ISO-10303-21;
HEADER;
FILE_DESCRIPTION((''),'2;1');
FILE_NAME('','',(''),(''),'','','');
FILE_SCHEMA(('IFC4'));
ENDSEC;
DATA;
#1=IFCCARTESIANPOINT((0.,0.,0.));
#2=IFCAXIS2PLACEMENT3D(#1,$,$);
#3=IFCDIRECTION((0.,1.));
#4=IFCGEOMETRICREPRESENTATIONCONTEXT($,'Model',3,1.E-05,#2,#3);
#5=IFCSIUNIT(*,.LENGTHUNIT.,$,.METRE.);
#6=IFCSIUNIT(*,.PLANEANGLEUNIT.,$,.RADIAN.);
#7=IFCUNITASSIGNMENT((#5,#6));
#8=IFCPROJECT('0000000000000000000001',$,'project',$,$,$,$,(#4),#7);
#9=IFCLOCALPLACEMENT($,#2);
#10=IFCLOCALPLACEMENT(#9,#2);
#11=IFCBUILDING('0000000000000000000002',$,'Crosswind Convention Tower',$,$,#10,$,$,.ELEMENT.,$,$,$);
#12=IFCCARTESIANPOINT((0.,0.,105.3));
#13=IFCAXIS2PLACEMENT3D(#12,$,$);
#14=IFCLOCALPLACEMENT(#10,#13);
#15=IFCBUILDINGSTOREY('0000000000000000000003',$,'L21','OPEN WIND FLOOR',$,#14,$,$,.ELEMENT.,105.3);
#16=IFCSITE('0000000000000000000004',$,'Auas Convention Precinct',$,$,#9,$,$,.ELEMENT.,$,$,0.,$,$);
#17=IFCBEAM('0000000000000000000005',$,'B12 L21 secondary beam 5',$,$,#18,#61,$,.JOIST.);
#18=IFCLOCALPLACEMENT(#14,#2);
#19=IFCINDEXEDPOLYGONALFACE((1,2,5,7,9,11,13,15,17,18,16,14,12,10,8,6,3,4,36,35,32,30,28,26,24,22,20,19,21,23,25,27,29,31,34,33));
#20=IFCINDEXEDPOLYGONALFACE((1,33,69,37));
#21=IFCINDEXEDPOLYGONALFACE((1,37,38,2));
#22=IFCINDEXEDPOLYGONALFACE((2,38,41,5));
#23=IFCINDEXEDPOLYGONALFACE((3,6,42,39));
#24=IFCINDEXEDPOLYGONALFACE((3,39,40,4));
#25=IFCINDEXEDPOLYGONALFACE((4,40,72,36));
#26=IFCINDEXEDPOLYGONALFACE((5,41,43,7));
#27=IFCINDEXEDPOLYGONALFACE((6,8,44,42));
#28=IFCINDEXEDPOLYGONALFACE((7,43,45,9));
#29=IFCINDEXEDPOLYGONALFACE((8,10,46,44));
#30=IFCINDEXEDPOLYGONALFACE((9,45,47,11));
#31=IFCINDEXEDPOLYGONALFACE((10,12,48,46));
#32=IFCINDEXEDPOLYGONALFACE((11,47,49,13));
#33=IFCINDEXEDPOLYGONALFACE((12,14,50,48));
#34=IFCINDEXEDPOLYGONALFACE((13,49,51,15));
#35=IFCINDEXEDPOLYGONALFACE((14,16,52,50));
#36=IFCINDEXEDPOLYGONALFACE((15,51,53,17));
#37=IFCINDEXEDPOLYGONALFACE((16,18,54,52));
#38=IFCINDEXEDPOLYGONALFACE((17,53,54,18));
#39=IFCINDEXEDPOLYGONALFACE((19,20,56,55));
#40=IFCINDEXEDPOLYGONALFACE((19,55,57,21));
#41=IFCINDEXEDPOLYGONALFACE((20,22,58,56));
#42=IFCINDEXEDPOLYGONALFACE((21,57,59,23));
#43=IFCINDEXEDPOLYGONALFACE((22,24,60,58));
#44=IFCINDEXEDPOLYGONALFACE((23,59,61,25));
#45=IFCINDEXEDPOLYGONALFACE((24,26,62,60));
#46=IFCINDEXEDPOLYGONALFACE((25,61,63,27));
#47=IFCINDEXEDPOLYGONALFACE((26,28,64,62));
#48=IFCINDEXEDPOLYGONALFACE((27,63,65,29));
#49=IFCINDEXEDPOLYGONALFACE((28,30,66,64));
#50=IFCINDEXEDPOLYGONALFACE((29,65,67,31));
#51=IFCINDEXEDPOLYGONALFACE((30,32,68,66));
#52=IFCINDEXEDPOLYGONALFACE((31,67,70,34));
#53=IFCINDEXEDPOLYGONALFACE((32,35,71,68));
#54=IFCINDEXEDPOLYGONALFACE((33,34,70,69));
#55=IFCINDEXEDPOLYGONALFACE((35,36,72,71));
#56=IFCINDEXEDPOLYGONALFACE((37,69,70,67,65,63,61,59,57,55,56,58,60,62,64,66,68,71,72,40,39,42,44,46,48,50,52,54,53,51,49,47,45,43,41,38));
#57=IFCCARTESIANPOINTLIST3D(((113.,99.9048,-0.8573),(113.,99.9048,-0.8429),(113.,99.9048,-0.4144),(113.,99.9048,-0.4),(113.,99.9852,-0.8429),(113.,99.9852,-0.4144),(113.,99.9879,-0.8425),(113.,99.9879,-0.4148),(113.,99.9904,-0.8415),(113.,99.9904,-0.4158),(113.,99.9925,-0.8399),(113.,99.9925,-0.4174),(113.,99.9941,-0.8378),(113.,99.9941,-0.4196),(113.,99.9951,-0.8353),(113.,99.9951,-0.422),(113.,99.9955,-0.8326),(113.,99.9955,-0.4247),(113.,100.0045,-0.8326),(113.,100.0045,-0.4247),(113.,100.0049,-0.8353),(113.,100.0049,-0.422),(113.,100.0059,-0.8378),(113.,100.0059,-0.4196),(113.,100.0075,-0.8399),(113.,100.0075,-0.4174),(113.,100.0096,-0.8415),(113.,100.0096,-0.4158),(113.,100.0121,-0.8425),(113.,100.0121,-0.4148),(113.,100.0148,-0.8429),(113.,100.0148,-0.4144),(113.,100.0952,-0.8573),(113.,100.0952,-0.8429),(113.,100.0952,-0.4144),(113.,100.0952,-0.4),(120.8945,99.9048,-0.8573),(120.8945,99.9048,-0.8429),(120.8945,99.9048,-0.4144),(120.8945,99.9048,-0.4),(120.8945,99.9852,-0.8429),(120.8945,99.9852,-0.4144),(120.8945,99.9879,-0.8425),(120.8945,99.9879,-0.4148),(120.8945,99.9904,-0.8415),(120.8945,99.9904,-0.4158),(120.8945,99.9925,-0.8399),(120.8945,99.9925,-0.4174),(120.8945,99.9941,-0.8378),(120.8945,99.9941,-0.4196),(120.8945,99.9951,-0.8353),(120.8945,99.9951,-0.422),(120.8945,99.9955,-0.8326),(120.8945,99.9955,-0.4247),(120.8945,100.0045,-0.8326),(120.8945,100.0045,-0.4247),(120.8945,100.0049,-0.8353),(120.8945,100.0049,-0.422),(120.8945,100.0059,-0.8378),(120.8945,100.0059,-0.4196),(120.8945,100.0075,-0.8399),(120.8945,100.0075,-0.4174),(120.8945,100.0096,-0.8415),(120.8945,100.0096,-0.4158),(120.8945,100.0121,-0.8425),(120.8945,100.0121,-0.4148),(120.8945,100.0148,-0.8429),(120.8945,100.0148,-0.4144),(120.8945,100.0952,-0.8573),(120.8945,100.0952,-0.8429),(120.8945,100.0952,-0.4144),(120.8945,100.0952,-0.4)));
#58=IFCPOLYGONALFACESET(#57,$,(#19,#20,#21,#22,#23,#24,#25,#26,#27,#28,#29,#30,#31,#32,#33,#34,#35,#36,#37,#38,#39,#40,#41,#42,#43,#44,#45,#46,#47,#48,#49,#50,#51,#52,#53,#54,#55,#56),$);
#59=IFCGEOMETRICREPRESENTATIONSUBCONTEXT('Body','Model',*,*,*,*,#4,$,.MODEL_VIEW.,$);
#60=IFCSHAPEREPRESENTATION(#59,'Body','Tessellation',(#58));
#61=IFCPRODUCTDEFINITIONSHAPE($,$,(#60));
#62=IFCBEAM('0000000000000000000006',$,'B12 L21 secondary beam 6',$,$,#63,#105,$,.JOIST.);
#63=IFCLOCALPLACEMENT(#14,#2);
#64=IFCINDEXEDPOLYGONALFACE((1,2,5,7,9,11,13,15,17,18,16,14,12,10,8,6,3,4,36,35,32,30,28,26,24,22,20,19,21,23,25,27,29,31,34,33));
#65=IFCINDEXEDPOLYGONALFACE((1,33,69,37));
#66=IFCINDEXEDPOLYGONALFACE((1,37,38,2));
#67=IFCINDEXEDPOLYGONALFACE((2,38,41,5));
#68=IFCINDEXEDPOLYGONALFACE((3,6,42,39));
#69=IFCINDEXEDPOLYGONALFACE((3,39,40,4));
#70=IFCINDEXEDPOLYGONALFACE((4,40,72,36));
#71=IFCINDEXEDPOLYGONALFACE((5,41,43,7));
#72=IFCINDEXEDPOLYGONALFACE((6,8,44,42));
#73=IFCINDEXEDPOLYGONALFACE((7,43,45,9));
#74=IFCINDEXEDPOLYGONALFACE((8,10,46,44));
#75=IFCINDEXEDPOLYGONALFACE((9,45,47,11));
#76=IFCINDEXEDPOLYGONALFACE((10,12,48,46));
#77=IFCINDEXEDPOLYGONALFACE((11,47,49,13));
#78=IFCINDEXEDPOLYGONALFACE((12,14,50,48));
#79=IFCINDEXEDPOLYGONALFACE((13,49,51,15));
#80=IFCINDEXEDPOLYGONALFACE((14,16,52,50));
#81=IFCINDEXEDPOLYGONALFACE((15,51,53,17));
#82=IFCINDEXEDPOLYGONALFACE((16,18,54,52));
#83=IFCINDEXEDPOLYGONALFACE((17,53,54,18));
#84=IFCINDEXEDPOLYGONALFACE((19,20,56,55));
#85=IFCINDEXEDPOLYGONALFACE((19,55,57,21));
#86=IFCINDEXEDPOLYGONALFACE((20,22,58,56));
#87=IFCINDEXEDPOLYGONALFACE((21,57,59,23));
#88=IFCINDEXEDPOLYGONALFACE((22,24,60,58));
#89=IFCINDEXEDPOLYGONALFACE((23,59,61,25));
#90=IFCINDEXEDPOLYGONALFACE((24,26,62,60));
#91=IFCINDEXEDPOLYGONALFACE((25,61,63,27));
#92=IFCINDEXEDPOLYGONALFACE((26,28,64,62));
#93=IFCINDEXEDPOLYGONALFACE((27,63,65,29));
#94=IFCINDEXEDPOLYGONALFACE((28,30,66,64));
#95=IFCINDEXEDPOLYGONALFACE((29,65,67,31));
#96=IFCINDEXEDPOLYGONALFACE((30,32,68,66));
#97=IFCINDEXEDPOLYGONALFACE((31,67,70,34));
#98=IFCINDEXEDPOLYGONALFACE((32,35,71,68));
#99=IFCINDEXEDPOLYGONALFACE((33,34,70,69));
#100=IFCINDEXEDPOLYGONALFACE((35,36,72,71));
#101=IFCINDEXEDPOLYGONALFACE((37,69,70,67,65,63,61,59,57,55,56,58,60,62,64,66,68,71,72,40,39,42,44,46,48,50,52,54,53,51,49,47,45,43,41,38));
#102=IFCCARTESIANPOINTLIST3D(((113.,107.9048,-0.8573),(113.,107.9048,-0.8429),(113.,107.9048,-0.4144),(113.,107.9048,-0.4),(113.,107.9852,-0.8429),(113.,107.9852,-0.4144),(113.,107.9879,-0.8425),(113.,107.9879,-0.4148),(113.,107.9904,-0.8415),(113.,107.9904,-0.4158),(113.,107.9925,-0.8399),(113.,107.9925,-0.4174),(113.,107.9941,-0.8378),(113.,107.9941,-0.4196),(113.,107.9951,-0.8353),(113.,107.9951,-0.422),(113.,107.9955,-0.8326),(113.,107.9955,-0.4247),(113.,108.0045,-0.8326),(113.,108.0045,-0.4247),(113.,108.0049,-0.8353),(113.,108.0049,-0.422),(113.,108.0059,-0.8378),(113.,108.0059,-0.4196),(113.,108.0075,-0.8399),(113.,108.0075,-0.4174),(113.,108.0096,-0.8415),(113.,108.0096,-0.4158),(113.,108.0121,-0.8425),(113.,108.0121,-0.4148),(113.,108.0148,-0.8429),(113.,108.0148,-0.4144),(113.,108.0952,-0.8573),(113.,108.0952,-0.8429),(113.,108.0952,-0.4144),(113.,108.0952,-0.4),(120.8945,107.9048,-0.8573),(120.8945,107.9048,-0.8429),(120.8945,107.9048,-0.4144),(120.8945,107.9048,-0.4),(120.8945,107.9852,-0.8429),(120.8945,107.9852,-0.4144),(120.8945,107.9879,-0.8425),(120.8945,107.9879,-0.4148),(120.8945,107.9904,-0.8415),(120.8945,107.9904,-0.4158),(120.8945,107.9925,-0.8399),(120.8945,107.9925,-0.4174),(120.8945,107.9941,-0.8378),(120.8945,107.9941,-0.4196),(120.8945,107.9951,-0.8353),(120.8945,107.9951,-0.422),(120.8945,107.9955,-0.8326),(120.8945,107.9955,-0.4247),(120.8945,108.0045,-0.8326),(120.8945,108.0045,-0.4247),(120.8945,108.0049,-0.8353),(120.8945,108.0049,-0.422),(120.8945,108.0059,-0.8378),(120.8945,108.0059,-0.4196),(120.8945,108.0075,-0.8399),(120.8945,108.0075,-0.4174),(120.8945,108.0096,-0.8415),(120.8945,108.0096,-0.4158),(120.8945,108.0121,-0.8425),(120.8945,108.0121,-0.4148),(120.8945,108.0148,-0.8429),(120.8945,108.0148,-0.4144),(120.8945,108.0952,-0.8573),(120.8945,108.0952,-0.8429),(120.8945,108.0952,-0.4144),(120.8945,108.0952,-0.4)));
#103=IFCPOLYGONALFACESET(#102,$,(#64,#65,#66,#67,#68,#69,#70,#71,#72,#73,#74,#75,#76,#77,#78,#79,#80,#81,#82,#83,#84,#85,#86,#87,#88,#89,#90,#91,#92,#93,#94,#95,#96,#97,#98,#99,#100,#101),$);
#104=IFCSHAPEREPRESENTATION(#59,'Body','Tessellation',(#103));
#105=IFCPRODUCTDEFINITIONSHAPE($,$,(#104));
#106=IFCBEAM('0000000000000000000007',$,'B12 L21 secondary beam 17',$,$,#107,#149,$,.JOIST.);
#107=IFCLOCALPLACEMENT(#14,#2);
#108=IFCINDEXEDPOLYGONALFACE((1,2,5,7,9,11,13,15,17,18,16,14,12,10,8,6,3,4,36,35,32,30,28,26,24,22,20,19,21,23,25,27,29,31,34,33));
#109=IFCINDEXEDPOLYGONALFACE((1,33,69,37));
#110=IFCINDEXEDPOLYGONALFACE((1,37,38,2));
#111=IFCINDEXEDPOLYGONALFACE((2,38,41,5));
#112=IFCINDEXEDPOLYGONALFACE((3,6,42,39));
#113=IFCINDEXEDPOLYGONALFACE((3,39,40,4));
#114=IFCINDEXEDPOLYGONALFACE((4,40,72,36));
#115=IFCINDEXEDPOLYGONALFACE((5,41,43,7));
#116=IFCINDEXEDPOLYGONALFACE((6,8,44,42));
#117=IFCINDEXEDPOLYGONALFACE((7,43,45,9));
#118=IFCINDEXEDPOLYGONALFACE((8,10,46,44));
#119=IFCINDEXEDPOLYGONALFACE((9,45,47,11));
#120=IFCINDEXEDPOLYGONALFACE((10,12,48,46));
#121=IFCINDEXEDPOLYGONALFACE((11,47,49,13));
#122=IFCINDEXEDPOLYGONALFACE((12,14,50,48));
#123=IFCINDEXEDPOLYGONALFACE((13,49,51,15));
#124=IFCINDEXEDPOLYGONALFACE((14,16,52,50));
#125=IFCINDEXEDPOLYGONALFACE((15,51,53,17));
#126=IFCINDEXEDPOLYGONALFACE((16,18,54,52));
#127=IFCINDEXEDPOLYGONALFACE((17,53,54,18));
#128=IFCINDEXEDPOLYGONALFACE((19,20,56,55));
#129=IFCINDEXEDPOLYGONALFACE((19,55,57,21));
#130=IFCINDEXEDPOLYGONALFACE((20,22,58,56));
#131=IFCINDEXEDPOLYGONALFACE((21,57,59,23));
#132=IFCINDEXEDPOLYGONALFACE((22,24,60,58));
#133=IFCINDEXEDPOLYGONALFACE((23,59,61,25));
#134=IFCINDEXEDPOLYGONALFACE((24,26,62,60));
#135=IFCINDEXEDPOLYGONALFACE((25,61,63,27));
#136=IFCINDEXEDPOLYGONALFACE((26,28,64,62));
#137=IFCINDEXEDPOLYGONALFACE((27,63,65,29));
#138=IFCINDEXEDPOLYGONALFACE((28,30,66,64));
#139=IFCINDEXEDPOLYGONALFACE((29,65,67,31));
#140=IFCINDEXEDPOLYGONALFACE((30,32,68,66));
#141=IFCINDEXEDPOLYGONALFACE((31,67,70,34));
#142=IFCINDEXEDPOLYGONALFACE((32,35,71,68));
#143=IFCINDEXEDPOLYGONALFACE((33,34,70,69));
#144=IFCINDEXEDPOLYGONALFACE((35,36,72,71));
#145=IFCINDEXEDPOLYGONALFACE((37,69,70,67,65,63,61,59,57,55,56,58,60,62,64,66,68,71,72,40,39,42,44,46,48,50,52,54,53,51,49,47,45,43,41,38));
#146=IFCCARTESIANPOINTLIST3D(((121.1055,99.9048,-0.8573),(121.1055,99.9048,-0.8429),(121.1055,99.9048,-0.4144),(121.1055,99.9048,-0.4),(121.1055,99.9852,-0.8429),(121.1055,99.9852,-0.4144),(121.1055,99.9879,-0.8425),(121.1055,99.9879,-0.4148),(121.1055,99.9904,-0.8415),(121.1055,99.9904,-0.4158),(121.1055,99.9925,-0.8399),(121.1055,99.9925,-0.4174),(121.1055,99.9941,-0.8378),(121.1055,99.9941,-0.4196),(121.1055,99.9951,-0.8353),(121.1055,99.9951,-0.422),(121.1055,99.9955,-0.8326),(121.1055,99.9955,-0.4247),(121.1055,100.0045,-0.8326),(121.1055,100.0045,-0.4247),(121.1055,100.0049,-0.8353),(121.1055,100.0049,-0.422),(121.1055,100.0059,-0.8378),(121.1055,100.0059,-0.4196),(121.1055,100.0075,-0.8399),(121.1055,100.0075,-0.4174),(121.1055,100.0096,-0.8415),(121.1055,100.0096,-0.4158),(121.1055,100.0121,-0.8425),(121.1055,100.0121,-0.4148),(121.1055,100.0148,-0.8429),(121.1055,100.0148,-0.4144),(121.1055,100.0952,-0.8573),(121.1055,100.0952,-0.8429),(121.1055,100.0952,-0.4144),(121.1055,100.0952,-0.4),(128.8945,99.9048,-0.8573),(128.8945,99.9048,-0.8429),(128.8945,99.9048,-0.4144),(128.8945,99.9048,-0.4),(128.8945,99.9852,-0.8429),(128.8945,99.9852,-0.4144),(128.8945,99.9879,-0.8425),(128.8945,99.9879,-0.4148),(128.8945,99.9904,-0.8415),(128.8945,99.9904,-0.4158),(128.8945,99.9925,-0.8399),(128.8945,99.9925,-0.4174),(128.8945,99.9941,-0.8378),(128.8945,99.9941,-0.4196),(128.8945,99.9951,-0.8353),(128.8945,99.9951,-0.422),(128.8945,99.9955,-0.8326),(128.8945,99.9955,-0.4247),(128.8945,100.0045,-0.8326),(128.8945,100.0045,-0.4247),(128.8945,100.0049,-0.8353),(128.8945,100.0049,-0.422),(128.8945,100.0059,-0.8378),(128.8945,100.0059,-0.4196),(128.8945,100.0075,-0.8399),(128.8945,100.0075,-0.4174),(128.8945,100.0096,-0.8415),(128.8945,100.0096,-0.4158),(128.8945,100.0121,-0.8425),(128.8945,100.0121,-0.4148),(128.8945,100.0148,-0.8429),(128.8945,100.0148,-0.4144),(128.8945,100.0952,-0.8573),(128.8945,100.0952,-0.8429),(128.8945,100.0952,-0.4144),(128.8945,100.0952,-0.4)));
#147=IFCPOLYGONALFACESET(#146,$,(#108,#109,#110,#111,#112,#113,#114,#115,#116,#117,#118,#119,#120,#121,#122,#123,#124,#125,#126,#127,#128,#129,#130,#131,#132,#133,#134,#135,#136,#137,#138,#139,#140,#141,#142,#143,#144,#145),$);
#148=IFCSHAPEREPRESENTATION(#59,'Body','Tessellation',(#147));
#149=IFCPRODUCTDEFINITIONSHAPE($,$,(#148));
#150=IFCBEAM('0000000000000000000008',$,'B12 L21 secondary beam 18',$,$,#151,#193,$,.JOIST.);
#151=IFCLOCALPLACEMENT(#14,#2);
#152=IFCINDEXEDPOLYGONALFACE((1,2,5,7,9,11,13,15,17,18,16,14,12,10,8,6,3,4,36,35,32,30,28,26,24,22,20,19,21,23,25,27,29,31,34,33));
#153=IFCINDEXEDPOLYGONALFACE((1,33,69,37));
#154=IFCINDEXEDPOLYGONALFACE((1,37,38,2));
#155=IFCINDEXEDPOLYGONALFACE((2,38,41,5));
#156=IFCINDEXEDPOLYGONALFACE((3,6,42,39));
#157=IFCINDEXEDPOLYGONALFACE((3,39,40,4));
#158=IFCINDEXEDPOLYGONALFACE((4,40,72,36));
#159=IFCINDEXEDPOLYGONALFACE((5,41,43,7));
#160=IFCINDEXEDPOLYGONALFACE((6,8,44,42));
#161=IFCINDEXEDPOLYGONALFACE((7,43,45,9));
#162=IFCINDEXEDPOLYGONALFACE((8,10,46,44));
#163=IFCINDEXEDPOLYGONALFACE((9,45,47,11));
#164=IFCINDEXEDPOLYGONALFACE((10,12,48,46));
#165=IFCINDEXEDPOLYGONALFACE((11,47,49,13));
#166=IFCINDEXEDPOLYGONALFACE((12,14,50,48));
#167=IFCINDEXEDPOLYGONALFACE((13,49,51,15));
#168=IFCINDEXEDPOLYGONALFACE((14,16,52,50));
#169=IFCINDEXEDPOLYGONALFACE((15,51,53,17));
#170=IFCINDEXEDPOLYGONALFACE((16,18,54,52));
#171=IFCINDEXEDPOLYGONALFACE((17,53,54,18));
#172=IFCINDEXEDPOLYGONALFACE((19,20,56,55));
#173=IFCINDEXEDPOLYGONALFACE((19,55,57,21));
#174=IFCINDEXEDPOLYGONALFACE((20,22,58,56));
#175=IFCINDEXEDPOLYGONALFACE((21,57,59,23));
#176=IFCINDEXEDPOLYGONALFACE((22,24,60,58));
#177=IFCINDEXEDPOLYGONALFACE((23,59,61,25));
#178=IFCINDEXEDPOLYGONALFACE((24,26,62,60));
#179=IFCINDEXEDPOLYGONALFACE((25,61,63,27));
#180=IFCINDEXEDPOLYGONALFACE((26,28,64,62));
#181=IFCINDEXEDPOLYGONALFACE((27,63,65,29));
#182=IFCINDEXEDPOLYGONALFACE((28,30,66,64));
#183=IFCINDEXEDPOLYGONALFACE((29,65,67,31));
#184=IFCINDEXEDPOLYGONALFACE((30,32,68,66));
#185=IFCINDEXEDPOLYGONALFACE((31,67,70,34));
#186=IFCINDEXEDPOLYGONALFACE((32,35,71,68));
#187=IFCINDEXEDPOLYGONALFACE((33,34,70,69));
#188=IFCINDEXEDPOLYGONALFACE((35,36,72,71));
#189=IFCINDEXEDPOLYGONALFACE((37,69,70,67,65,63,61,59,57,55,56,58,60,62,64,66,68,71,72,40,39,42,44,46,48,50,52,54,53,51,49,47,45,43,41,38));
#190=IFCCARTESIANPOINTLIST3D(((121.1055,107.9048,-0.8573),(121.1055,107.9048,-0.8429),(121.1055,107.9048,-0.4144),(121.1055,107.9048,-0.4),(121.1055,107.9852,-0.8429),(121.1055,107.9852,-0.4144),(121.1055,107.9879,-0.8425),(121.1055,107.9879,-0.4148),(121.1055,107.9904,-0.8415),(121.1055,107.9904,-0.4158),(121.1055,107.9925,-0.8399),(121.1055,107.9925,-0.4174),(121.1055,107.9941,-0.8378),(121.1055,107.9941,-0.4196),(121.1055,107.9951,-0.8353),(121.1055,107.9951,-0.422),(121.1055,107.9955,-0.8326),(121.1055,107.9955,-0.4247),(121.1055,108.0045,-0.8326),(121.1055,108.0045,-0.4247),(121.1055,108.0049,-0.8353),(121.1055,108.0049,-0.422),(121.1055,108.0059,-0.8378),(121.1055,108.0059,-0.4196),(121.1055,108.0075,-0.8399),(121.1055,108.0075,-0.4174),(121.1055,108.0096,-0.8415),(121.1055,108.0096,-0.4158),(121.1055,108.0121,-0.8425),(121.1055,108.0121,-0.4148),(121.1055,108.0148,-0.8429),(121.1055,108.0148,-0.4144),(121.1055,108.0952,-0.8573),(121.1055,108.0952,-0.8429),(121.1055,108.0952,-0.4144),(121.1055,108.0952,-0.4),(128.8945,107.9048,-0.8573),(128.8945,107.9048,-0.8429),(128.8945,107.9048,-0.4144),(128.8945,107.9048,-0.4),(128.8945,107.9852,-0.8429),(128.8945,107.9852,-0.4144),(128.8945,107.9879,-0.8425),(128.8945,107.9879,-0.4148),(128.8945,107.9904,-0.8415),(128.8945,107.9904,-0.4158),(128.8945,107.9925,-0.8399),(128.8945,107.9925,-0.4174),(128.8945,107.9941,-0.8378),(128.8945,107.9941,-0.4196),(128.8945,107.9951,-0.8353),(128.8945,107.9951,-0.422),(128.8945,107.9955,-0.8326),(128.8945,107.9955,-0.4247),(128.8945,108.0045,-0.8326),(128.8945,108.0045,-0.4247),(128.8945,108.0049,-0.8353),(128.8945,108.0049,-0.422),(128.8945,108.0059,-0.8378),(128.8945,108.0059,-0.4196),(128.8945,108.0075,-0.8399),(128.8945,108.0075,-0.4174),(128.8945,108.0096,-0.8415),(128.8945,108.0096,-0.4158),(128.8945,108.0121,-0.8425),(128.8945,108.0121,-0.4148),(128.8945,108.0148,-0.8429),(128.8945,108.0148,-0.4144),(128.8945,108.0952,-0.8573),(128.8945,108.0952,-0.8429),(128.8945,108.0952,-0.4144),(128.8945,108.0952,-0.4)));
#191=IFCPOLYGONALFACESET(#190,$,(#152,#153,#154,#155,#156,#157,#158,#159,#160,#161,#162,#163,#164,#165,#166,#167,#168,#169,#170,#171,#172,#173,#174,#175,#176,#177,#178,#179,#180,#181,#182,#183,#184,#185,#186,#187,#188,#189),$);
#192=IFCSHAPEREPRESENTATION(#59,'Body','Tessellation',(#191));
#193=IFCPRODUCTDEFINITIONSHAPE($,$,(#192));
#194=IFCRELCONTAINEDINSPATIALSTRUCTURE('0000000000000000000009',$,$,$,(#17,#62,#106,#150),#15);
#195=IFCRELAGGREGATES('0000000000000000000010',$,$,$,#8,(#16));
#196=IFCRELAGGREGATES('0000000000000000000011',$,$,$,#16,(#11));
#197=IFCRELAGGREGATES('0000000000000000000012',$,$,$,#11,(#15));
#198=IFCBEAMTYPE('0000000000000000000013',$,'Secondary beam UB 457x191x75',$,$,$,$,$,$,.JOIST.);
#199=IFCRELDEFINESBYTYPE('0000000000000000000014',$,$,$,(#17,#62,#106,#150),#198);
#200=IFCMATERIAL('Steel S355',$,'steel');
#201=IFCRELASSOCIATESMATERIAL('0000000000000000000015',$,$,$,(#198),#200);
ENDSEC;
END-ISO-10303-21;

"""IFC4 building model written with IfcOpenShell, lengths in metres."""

from ifc_helpers import new_model, si_unit, direction, frame, origin, origin_2d, place, context, subcontext, project, spatial, i_section, extrude, material, material_profile, profile_set, type_object, element, save


model = new_model("IFC4")

# Units and contexts
model_context = context("Model", 3, precision=1e-05, world=origin(), true_north=direction((0.0, 1.0)))
body_context = subcontext(model_context, "Body", "Model", "MODEL_VIEW")
ifc_project = project(units=[si_unit("LENGTHUNIT", "METRE"), si_unit("PLANEANGLEUNIT", "RADIAN")], contexts=[model_context])

# Site, building, storey
site_placement = place(None, origin())
site = spatial("IfcSite", under=ifc_project, at=site_placement, Name="Auas Convention Precinct", CompositionType="ELEMENT", RefElevation=0.0)
building_placement = place(site_placement, origin())
building = spatial("IfcBuilding", under=site, at=building_placement, Name="Crosswind Convention Tower", CompositionType="ELEMENT")
storey_placement = place(building_placement, frame((0.0, 0.0, 105.3)))
storey = spatial("IfcBuildingStorey", under=building, at=storey_placement, Name="L21", Description="OPEN WIND FLOOR", CompositionType="ELEMENT", Elevation=105.3)

# Beams
ifc_material_1 = material(Name="Steel S355", Category="steel")
ifc_material_profile_1 = material_profile(ifc_material_1, i_section(OverallWidth=0.1904, OverallDepth=0.4573, WebThickness=0.009, FlangeThickness=0.0144, FilletRadius=0.0103, at=origin_2d()), Name="UB 457x191x75")
ifc_profile_set_1 = profile_set([ifc_material_profile_1], Name="Steel S355")
beam_type_1 = type_object("IfcBeamType", Name="Secondary beam UB 457x191x75", PredefinedType="JOIST", material=ifc_profile_set_1)
for number, where, z_axis, x_axis, name in (
    (1, (113.0, 100.0, -0.6287), (1.0, 0.0, 0.0), (0.0, 1.0, 0.0), "B12 L21 secondary beam 5"),
    (2, (113.0, 108.0, -0.6287), (1.0, 0.0, 0.0), (0.0, 1.0, 0.0), "B12 L21 secondary beam 6"),
):
    element("IfcBeam", number, at=place(storey_placement, frame(where, z_axis=z_axis, x_axis=x_axis)), inside=storey, type_object=beam_type_1, Name=name, PredefinedType="JOIST", context=body_context, shape_type="SweptSolid", body=[
        extrude(i_section(OverallWidth=0.1904, OverallDepth=0.4573, WebThickness=0.009, FlangeThickness=0.0144, FilletRadius=0.0103, at=origin_2d()), origin(), (0.0, 0.0, 1.0), 7.8945),
    ])
for number, where, z_axis, x_axis, name in (
    (3, (121.1055, 100.0, -0.6287), (1.0, 0.0, 0.0), (0.0, 1.0, 0.0), "B12 L21 secondary beam 17"),
    (4, (121.1055, 108.0, -0.6287), (1.0, 0.0, 0.0), (0.0, 1.0, 0.0), "B12 L21 secondary beam 18"),
):
    element("IfcBeam", number, at=place(storey_placement, frame(where, z_axis=z_axis, x_axis=x_axis)), inside=storey, type_object=beam_type_1, Name=name, PredefinedType="JOIST", context=body_context, shape_type="SweptSolid", body=[
        extrude(i_section(OverallWidth=0.1904, OverallDepth=0.4573, WebThickness=0.009, FlangeThickness=0.0144, FilletRadius=0.0103, at=origin_2d()), origin(), (0.0, 0.0, 1.0), 7.7891),
    ])

save(model, "model.ifc")
